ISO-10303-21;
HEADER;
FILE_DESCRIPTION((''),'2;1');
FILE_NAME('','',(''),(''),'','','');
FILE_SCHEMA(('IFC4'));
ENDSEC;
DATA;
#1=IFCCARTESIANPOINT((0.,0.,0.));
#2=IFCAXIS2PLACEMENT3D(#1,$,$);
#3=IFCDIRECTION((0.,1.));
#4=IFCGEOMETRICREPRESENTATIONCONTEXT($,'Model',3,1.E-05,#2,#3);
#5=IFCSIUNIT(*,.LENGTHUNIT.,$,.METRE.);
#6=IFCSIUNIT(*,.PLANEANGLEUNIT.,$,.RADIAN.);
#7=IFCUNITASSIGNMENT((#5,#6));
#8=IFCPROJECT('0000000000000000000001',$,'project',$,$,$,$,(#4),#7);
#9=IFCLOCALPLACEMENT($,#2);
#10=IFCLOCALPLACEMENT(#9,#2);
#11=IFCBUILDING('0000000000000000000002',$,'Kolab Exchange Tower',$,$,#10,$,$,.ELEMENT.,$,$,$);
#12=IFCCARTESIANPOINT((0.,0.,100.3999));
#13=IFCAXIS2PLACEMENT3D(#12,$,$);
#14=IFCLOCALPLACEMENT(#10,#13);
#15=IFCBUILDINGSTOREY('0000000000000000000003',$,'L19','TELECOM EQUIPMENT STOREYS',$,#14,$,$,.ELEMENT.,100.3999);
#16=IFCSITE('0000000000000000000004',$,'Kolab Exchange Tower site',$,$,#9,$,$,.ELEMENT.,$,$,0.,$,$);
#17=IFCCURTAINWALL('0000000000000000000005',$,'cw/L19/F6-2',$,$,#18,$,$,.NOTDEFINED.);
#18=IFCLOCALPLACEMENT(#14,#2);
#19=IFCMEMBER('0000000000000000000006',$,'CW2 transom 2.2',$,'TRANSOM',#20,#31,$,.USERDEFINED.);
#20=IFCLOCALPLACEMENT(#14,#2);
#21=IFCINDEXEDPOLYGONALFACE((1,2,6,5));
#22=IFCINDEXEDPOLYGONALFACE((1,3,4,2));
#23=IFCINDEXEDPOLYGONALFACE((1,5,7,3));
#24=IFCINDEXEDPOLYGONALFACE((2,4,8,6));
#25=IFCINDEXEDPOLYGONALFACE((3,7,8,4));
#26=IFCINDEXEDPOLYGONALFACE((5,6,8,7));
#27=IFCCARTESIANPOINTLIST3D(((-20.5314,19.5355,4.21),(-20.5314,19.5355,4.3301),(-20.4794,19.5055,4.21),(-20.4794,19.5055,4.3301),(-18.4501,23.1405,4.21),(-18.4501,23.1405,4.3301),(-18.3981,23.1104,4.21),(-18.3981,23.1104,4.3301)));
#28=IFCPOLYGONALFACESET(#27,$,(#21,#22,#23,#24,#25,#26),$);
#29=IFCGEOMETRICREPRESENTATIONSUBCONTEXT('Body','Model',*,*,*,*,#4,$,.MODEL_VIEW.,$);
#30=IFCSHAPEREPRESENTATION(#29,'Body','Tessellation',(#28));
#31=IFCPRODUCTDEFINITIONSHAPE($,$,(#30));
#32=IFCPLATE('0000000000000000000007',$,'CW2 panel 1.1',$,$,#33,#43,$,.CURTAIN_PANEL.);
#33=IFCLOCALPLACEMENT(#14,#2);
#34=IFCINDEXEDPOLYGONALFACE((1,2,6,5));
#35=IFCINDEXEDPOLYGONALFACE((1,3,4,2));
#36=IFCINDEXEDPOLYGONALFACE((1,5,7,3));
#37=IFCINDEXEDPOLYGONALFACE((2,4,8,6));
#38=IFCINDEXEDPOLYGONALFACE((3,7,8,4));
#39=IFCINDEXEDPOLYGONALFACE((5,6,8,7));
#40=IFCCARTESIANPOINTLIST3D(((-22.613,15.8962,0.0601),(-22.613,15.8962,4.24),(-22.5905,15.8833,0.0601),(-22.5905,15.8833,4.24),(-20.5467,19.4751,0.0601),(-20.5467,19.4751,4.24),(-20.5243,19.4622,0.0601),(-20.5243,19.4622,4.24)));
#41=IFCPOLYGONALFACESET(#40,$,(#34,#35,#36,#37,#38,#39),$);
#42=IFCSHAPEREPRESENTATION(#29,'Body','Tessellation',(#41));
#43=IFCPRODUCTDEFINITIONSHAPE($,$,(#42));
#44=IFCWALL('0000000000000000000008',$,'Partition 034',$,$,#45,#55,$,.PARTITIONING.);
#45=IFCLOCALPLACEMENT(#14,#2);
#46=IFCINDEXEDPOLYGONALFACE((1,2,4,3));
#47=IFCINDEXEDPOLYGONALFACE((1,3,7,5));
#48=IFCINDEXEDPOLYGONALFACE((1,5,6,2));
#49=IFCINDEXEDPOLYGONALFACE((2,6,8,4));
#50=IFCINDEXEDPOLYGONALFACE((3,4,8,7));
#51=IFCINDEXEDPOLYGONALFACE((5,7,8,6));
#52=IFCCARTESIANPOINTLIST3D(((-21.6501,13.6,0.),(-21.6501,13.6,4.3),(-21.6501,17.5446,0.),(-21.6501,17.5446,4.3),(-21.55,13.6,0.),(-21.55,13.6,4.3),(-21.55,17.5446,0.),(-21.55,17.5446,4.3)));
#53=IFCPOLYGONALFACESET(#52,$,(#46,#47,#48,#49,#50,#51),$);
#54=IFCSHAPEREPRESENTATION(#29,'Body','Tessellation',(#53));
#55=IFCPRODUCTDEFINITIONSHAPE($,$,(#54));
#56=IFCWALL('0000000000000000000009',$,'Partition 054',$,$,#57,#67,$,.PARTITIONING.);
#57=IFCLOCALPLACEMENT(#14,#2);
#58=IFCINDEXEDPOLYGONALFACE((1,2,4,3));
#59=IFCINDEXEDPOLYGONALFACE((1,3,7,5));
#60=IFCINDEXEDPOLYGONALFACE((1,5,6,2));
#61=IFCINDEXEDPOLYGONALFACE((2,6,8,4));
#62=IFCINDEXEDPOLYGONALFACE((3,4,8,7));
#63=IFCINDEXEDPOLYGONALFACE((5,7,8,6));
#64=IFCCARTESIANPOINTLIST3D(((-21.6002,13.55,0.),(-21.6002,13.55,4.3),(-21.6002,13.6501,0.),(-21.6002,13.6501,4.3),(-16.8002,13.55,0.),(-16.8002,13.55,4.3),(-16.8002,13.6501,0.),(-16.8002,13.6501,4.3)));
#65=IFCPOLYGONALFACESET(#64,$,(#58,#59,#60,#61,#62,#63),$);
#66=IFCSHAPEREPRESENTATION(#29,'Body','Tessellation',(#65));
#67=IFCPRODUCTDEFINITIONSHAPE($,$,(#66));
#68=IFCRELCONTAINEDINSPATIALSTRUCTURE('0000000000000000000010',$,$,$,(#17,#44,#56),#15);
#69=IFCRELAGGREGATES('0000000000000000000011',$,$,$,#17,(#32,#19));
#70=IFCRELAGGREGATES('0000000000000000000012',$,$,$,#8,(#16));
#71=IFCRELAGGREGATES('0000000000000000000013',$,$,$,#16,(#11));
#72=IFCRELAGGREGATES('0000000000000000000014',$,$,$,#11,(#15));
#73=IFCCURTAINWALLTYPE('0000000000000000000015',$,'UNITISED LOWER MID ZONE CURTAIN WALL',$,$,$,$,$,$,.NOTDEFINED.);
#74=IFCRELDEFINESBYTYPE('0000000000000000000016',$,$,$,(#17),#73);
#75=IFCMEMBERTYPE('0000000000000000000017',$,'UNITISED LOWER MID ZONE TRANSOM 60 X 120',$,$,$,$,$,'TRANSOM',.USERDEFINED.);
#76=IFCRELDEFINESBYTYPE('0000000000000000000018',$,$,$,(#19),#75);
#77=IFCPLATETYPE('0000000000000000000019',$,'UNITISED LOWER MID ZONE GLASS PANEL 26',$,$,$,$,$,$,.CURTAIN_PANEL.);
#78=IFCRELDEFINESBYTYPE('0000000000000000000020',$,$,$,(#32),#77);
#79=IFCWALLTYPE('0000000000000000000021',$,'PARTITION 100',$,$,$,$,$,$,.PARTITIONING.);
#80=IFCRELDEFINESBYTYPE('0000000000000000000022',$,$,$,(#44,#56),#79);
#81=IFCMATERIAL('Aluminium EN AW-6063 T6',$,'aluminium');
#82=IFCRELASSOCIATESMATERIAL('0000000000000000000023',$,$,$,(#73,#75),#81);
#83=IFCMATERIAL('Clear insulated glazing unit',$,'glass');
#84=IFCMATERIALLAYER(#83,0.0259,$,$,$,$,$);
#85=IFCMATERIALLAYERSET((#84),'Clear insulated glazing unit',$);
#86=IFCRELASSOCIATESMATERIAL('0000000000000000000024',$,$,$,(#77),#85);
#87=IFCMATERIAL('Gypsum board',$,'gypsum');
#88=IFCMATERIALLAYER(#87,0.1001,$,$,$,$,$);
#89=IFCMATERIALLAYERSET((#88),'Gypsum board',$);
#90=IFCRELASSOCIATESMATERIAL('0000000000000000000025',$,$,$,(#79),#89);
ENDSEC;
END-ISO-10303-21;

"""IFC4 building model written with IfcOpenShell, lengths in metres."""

from ifc_helpers import new_model, si_unit, direction, frame, frame_2d, origin, origin_2d, place, context, subcontext, project, spatial, rectangle, extrude, material, layer, layer_set, material_profile, profile_set, type_object, element, aggregate, save


model = new_model("IFC4")

# Units and contexts
model_context = context("Model", 3, precision=1e-05, world=origin(), true_north=direction((0.0, 1.0)))
body_context = subcontext(model_context, "Body", "Model", "MODEL_VIEW")
ifc_project = project(units=[si_unit("LENGTHUNIT", "METRE"), si_unit("PLANEANGLEUNIT", "RADIAN")], contexts=[model_context])

# Site, building, storey
site_placement = place(None, origin())
site = spatial("IfcSite", under=ifc_project, at=site_placement, Name="Kolab Exchange Tower site", CompositionType="ELEMENT", RefElevation=0.0)
building_placement = place(site_placement, origin())
building = spatial("IfcBuilding", under=site, at=building_placement, Name="Kolab Exchange Tower", CompositionType="ELEMENT")
storey_placement = place(building_placement, frame((0.0, 0.0, 100.3999)))
storey = spatial("IfcBuildingStorey", under=building, at=storey_placement, Name="L19", Description="TELECOM EQUIPMENT STOREYS", CompositionType="ELEMENT", Elevation=100.3999)

# Shared definitions
ifc_material_1 = material(Name="Aluminium EN AW-6063 T6", Category="aluminium")
curtain_wall_type = type_object("IfcCurtainWallType", Name="UNITISED LOWER MID ZONE CURTAIN WALL", PredefinedType="NOTDEFINED", material=ifc_material_1)

# Curtain wall, member, plate
curtain_wall_1_placement = place(storey_placement, origin())
curtain_wall_1 = element("IfcCurtainWall", 1, at=curtain_wall_1_placement, inside=storey, type_object=curtain_wall_type, Name="cw/L19/F6-2", PredefinedType="NOTDEFINED")
ifc_material_profile_1 = material_profile(ifc_material_1, rectangle(XDim=0.0601, YDim=0.1201, at=origin_2d()), Name="RECT 60X120")
ifc_profile_set_1 = profile_set([ifc_material_profile_1], Name="Aluminium EN AW-6063 T6")
member_type_1 = type_object("IfcMemberType", Name="UNITISED LOWER MID ZONE TRANSOM 60 X 120", ElementType="TRANSOM", PredefinedType="USERDEFINED", material=ifc_profile_set_1)
member_1_placement = place(storey_placement, frame((-20.5054, 19.5205, 4.27), z_axis=(0.499993, 0.866029, 0.0), x_axis=(-0.866029, 0.499993, 0.0)))
member_1 = element("IfcMember", 2, at=member_1_placement, type_object=member_type_1, Name="CW2 transom 2.2", ObjectType="TRANSOM", PredefinedType="USERDEFINED", context=body_context, shape_type="SweptSolid", body=[
    extrude(rectangle(XDim=0.0601, YDim=0.1201, at=origin_2d()), origin(), (0.0, 0.0, 1.0), 4.1626),
])
ifc_material_2 = material(Name="Clear insulated glazing unit", Category="glass")
ifc_layer_1 = layer(ifc_material_2, 0.0259)
ifc_layer_set_1 = layer_set([ifc_layer_1], Name="Clear insulated glazing unit")
plate_type = type_object("IfcPlateType", Name="UNITISED LOWER MID ZONE GLASS PANEL 26", PredefinedType="CURTAIN_PANEL", material=ifc_layer_set_1)
plate_placement = place(storey_placement, frame((-21.5686, 17.6792, 0.0601), z_axis=(0.0, 0.0, 1.0), x_axis=(0.5, 0.866025, 0.0)))
plate = element("IfcPlate", 3, at=plate_placement, type_object=plate_type, Name="CW2 panel 1.1", PredefinedType="CURTAIN_PANEL", context=body_context, shape_type="SweptSolid", body=[
    extrude(rectangle(XDim=4.1326, YDim=0.0259, at=origin_2d()), origin(), (0.0, 0.0, 1.0), 4.1799),
])
aggregate(curtain_wall_1, [plate, member_1])

# Walls
ifc_material_3 = material(Name="Gypsum board", Category="gypsum")
ifc_layer_2 = layer(ifc_material_3, 0.1001)
ifc_layer_set_2 = layer_set([ifc_layer_2], Name="Gypsum board")
wall_type_1 = type_object("IfcWallType", Name="PARTITION 100", PredefinedType="PARTITIONING", material=ifc_layer_set_2)
wall_1_placement = place(storey_placement, frame((-21.6001, 13.6001, 0.0), z_axis=(0.0, 0.0, 1.0), x_axis=(0.0, 1.0, 0.0)))
element("IfcWall", 4, at=wall_1_placement, inside=storey, type_object=wall_type_1, Name="Partition 034", PredefinedType="PARTITIONING", context=body_context, shape_type="SweptSolid", body=[
    extrude(rectangle(XDim=3.9446, YDim=0.1001, at=frame_2d((1.9722, 0.0))), origin(), (0.0, 0.0, 1.0), 4.3),
])
wall_2_placement = place(storey_placement, frame((-21.6001, 13.6001, 0.0), z_axis=(0.0, 0.0, 1.0), x_axis=(1.0, 0.0, 0.0)))
element("IfcWall", 5, at=wall_2_placement, inside=storey, type_object=wall_type_1, Name="Partition 054", PredefinedType="PARTITIONING", context=body_context, shape_type="SweptSolid", body=[
    extrude(rectangle(XDim=4.8, YDim=0.1001, at=frame_2d((2.3999, 0.0))), origin(), (0.0, 0.0, 1.0), 4.3),
])

save(model, "model.ifc")
